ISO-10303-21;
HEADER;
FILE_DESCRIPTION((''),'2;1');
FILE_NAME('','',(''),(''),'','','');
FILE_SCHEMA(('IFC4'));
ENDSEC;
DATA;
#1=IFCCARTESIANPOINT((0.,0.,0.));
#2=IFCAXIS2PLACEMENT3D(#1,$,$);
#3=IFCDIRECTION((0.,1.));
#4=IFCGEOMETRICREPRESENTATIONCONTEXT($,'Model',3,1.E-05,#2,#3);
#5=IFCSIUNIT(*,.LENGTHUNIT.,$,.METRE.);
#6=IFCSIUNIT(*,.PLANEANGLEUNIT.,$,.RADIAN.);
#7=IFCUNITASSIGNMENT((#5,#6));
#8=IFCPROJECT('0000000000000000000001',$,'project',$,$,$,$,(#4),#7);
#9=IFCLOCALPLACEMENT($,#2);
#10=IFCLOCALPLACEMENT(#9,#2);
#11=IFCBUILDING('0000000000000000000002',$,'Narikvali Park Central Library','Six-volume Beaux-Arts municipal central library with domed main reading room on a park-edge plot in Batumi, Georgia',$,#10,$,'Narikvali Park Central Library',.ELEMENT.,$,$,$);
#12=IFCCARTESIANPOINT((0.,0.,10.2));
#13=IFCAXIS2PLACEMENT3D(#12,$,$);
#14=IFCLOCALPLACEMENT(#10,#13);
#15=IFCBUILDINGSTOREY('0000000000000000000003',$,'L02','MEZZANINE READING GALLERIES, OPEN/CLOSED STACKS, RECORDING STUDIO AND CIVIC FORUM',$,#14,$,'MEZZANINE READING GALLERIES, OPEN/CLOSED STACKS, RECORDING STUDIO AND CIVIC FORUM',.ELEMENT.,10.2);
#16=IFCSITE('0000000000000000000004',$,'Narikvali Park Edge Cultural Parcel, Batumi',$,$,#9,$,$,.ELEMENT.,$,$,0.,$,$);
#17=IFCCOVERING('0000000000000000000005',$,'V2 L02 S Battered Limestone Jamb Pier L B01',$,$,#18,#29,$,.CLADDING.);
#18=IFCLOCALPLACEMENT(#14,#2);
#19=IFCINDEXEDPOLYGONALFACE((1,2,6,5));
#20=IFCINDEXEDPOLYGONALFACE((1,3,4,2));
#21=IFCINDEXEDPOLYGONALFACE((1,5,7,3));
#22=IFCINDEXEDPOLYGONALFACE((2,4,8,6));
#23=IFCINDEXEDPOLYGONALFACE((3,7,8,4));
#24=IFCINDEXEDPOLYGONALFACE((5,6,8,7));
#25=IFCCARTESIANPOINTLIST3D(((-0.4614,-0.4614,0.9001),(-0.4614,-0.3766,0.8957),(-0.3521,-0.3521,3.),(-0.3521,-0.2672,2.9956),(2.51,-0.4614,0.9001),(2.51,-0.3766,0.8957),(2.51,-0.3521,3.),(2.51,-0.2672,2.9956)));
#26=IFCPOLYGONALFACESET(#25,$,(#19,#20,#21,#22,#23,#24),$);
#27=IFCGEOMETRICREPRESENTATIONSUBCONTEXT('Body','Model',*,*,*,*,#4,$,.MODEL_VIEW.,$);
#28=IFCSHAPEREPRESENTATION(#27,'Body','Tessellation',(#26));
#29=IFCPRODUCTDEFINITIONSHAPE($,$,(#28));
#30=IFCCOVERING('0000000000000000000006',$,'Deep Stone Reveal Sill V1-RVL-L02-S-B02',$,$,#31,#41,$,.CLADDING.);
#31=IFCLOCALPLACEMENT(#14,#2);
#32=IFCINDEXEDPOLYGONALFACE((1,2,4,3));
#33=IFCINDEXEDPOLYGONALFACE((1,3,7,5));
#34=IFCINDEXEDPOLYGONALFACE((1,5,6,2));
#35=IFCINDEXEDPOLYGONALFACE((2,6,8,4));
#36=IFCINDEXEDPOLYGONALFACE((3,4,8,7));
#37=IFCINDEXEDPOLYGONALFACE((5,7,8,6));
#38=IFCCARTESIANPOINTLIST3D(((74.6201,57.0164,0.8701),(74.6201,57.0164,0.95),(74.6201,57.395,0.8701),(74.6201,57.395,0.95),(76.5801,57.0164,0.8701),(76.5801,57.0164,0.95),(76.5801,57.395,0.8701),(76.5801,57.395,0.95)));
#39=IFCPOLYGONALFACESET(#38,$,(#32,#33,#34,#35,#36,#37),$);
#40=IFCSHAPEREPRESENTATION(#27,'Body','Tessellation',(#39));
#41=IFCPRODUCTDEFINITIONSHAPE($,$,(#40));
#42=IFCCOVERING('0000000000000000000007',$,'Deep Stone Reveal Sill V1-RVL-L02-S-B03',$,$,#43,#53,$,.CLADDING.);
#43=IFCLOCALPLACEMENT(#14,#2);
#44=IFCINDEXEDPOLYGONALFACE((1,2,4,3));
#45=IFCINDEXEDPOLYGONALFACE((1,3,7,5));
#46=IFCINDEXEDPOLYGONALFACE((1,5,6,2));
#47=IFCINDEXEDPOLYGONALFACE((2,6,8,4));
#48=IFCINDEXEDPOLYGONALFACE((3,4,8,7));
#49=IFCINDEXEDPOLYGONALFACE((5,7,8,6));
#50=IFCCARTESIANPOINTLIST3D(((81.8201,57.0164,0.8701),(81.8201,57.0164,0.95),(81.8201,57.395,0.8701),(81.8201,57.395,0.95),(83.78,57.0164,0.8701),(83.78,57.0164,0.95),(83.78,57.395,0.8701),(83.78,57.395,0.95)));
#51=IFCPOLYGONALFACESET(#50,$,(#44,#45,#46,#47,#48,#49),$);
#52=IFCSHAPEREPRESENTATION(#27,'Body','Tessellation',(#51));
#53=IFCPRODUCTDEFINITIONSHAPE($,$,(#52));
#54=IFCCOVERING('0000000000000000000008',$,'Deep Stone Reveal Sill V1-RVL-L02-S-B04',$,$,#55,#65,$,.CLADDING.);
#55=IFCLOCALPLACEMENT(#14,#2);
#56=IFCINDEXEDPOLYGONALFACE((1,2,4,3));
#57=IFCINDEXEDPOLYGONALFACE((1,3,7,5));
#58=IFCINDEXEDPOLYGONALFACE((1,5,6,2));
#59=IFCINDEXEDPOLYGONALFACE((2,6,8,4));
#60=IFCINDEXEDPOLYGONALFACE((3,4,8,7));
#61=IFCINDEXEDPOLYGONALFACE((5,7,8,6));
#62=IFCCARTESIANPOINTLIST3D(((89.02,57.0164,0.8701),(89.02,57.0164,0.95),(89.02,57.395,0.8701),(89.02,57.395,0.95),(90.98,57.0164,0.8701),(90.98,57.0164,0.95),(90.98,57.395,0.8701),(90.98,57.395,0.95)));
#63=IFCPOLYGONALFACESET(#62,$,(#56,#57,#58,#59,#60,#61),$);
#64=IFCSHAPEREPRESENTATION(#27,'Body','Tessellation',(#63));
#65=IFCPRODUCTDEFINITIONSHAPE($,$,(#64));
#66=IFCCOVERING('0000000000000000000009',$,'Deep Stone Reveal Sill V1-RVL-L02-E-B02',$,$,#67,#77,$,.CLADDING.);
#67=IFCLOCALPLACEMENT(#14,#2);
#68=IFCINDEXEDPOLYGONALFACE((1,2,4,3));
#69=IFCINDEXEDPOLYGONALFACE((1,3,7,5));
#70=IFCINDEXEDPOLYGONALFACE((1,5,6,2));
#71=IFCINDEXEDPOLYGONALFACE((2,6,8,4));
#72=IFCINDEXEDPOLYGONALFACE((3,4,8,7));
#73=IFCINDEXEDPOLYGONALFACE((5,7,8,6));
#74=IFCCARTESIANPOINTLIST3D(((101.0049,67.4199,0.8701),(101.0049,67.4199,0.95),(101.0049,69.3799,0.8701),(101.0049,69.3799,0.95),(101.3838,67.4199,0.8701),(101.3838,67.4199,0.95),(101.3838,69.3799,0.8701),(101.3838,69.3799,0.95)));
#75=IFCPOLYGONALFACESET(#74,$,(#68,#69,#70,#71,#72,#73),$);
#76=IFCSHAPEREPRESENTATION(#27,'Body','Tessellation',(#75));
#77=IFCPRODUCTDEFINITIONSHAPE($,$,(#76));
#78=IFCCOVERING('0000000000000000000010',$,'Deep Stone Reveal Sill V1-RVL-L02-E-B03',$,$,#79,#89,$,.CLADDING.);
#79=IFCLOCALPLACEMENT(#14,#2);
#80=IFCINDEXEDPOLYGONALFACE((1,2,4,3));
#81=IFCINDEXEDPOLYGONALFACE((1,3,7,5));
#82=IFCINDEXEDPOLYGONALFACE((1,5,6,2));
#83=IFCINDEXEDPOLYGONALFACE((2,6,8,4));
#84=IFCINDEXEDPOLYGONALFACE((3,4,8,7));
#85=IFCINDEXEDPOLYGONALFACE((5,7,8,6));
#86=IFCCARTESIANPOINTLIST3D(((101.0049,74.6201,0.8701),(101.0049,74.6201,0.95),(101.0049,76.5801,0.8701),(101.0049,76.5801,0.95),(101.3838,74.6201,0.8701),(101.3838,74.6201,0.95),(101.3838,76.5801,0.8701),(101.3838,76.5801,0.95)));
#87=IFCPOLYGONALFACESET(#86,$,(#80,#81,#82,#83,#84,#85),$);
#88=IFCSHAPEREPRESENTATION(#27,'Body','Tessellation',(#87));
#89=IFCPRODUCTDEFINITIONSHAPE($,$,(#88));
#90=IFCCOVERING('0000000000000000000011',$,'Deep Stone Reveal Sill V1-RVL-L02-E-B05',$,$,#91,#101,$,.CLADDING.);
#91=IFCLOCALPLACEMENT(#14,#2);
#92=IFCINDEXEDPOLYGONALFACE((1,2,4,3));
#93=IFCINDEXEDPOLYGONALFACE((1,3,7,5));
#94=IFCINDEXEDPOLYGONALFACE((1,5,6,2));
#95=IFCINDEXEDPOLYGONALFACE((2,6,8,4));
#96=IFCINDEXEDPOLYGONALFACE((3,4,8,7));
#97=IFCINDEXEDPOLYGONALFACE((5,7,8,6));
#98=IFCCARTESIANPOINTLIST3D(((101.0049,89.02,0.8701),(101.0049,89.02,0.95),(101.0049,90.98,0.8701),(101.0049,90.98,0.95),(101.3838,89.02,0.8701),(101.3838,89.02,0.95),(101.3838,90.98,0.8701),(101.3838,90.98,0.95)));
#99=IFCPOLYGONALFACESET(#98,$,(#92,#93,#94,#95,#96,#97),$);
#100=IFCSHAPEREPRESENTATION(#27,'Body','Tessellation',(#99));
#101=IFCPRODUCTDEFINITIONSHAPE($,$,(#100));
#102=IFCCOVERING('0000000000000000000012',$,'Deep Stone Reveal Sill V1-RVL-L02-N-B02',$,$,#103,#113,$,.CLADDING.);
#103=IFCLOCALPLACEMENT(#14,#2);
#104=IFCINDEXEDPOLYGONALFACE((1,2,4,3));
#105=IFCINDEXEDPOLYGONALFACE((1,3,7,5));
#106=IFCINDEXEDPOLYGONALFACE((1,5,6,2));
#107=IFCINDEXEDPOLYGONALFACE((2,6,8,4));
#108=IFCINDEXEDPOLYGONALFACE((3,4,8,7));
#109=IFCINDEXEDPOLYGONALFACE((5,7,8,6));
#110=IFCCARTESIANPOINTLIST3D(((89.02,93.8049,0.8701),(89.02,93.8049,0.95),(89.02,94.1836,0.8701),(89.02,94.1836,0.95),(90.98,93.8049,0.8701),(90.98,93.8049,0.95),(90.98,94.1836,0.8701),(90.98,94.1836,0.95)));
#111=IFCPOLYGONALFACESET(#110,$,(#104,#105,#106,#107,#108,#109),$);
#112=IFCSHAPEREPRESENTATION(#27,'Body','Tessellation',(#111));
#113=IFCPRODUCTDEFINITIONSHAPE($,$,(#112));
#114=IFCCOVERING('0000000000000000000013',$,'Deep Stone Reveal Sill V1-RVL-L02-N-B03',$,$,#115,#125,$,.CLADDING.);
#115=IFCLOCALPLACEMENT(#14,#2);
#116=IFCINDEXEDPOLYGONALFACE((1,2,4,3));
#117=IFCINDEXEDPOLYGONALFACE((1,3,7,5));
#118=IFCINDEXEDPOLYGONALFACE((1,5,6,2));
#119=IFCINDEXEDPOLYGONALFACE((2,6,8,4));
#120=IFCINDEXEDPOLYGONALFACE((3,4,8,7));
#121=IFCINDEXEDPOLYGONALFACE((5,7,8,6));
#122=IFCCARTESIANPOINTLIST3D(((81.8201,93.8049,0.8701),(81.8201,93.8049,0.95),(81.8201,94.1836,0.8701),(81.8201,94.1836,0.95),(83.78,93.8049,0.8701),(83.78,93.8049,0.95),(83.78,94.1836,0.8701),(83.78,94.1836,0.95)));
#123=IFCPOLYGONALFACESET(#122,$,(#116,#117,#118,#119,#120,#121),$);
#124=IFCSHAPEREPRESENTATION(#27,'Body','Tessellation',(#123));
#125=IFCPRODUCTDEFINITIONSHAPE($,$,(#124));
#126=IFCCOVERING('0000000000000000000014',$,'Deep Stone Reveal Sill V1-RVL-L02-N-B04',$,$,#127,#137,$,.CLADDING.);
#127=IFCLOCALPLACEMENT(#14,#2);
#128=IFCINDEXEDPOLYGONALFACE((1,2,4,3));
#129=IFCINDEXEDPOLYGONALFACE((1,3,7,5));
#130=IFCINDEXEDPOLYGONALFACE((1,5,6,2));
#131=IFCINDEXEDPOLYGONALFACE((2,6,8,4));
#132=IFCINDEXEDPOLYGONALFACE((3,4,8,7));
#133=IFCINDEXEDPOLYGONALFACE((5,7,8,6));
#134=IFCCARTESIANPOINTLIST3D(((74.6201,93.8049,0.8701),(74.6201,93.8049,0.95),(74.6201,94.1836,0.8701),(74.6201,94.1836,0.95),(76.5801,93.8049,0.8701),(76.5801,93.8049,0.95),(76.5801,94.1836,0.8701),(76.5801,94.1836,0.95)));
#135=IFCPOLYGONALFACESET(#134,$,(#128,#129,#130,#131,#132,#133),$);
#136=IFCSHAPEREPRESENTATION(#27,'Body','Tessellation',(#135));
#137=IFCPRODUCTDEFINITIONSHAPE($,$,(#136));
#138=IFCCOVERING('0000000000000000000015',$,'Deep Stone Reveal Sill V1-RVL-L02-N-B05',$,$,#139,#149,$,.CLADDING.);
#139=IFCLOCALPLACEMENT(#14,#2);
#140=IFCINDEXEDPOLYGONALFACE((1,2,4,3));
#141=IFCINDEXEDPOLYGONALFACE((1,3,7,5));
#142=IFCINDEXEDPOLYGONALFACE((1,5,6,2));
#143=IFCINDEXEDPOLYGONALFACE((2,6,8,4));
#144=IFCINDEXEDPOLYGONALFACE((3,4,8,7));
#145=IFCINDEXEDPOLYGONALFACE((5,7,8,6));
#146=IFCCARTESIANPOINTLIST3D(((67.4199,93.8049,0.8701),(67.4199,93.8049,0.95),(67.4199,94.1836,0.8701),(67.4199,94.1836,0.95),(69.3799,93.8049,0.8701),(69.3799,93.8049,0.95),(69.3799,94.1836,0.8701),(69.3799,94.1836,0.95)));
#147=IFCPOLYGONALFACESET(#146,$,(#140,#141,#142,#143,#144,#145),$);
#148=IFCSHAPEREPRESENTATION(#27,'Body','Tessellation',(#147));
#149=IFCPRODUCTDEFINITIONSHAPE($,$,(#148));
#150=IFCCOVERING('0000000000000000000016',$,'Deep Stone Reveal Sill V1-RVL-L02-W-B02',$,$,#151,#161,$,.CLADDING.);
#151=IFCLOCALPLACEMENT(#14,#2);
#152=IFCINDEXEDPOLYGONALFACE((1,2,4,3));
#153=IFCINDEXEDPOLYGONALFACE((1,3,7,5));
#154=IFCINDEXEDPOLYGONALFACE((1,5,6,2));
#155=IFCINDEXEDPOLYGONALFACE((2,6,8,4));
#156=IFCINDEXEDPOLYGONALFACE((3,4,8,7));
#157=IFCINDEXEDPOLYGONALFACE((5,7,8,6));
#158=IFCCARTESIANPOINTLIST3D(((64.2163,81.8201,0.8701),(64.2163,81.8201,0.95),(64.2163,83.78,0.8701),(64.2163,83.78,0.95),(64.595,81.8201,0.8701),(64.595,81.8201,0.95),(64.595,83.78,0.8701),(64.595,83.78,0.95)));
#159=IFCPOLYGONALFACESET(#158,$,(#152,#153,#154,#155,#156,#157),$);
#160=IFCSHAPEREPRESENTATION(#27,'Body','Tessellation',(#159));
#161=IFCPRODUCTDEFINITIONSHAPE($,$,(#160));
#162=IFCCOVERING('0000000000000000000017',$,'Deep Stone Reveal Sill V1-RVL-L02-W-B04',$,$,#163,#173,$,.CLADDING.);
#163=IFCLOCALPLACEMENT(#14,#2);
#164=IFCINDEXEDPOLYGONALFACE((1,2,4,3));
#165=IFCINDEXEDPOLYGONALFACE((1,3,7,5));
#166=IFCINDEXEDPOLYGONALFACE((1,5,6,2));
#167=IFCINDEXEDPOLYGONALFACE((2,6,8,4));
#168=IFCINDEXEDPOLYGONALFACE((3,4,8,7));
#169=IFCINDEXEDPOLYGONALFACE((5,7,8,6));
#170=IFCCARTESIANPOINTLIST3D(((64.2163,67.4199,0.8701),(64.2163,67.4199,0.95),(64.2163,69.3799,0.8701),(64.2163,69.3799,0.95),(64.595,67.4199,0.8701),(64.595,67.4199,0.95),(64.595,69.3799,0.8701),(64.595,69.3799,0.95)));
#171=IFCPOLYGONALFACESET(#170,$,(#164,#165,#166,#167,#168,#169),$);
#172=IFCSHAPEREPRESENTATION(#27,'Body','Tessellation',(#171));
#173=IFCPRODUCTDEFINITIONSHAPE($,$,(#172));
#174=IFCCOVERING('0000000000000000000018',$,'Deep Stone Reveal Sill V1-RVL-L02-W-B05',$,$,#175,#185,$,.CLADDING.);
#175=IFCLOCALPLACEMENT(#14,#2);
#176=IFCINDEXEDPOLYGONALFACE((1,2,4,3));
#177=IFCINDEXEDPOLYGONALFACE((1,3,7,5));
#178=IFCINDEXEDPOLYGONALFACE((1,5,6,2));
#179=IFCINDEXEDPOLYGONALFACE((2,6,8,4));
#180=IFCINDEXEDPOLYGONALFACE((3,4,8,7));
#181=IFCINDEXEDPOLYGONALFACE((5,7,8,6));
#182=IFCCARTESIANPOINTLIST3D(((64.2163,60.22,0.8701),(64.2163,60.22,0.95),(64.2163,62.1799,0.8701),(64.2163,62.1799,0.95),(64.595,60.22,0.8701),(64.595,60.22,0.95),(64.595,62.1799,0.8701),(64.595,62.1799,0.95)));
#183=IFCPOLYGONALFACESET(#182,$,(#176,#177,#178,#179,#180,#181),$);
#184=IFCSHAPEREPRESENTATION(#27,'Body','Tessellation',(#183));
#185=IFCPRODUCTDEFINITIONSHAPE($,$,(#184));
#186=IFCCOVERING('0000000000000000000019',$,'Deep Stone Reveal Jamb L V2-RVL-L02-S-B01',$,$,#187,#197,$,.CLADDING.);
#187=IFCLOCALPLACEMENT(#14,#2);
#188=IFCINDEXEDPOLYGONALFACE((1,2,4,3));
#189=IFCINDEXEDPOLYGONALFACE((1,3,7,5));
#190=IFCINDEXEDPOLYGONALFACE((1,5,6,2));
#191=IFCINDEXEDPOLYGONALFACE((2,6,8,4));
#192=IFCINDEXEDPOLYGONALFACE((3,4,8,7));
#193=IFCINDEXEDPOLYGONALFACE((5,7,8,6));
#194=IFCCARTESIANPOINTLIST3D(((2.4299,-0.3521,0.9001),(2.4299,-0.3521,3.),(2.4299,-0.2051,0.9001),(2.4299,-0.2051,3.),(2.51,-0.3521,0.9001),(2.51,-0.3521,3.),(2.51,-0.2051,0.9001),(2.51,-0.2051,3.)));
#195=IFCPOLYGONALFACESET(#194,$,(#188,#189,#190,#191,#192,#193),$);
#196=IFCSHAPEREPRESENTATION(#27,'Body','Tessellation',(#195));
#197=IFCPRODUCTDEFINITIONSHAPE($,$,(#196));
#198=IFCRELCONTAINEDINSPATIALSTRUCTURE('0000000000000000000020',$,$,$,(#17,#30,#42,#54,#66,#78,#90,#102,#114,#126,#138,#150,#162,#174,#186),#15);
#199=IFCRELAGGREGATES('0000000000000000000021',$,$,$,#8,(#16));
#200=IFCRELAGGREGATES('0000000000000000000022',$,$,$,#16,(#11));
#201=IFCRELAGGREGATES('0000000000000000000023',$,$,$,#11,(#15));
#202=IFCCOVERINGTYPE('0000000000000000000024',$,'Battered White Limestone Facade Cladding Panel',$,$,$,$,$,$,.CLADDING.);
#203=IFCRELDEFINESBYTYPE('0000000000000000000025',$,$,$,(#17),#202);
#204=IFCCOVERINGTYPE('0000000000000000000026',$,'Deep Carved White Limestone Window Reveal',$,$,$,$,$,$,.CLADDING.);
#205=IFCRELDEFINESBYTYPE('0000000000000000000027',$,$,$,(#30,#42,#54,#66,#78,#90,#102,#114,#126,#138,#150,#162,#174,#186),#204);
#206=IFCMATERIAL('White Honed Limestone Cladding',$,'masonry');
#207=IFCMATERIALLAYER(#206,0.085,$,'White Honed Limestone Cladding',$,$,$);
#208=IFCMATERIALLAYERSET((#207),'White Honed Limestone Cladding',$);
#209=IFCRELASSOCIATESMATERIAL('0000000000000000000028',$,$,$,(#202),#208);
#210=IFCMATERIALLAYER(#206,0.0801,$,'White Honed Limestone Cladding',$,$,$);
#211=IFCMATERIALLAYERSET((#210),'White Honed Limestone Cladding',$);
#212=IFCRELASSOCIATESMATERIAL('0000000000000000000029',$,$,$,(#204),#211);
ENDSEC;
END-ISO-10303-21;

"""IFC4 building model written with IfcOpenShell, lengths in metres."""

from ifc_helpers import new_model, si_unit, direction, frame, origin, place, context, subcontext, project, spatial, polyline, outline, extrude, material, layer, layer_set, type_object, element, save


model = new_model("IFC4")

# Units and contexts
model_context = context("Model", 3, precision=1e-05, world=origin(), true_north=direction((0.0, 1.0)))
body_context = subcontext(model_context, "Body", "Model", "MODEL_VIEW")
ifc_project = project(units=[si_unit("LENGTHUNIT", "METRE"), si_unit("PLANEANGLEUNIT", "RADIAN")], contexts=[model_context])

# Site, building, storey
site_placement = place(None, origin())
site = spatial("IfcSite", under=ifc_project, at=site_placement, Name="Narikvali Park Edge Cultural Parcel, Batumi", CompositionType="ELEMENT", RefElevation=0.0)
building_placement = place(site_placement, origin())
building = spatial("IfcBuilding", under=site, at=building_placement, Name="Narikvali Park Central Library", Description="Six-volume Beaux-Arts municipal central library with domed main reading room on a park-edge plot in Batumi, Georgia", LongName="Narikvali Park Central Library", CompositionType="ELEMENT")
storey_placement = place(building_placement, frame((0.0, 0.0, 10.2)))
storey = spatial("IfcBuildingStorey", under=building, at=storey_placement, Name="L02", Description="MEZZANINE READING GALLERIES, OPEN/CLOSED STACKS, RECORDING STUDIO AND CIVIC FORUM", LongName="MEZZANINE READING GALLERIES, OPEN/CLOSED STACKS, RECORDING STUDIO AND CIVIC FORUM", CompositionType="ELEMENT", Elevation=10.2)

# Coverings
ifc_material = material(Name="White Honed Limestone Cladding", Category="masonry")
ifc_layer_1 = layer(ifc_material, 0.085, Name="White Honed Limestone Cladding")
ifc_layer_set_1 = layer_set([ifc_layer_1], Name="White Honed Limestone Cladding")
covering_type_1 = type_object("IfcCoveringType", Name="Battered White Limestone Facade Cladding Panel", PredefinedType="CLADDING", material=ifc_layer_set_1)
covering_1_placement = place(storey_placement, frame((-0.4614, -0.4614, 0.9001), z_axis=(0.0, -0.998646, 0.052016), x_axis=(1.0, 0.0, 0.0)))
element("IfcCovering", 1, at=covering_1_placement, inside=storey, type_object=covering_type_1, Name="V2 L02 S Battered Limestone Jamb Pier L B01", PredefinedType="CLADDING", context=body_context, shape_type="SweptSolid", body=[
    extrude(outline(polyline([(0.0, 0.0), (2.9714, 0.0), (2.9714, 2.1027), (0.1094, 2.1027), (0.0, 0.0)])), origin(), (0.0, 0.0, -1.0), 0.085),
])
ifc_layer_2 = layer(ifc_material, 0.0801, Name="White Honed Limestone Cladding")
ifc_layer_set_2 = layer_set([ifc_layer_2], Name="White Honed Limestone Cladding")
covering_type_2 = type_object("IfcCoveringType", Name="Deep Carved White Limestone Window Reveal", PredefinedType="CLADDING", material=ifc_layer_set_2)
covering_2_placement = place(storey_placement, frame((0.0, 0.0, 0.8701)))
element("IfcCovering", 2, at=covering_2_placement, inside=storey, type_object=covering_type_2, Name="Deep Stone Reveal Sill V1-RVL-L02-S-B02", PredefinedType="CLADDING", context=body_context, shape_type="SweptSolid", body=[
    extrude(outline(polyline([(74.6201, 57.395), (76.5801, 57.395), (76.5801, 57.0164), (74.6201, 57.0164), (74.6201, 57.395)])), origin(), (0.0, 0.0, 1.0), 0.0798),
])
covering_3_placement = place(storey_placement, frame((0.0, 0.0, 0.8701)))
element("IfcCovering", 3, at=covering_3_placement, inside=storey, type_object=covering_type_2, Name="Deep Stone Reveal Sill V1-RVL-L02-S-B03", PredefinedType="CLADDING", context=body_context, shape_type="SweptSolid", body=[
    extrude(outline(polyline([(81.8201, 57.395), (83.78, 57.395), (83.78, 57.0164), (81.8201, 57.0164), (81.8201, 57.395)])), origin(), (0.0, 0.0, 1.0), 0.0798),
])
covering_4_placement = place(storey_placement, frame((0.0, 0.0, 0.8701)))
element("IfcCovering", 4, at=covering_4_placement, inside=storey, type_object=covering_type_2, Name="Deep Stone Reveal Sill V1-RVL-L02-S-B04", PredefinedType="CLADDING", context=body_context, shape_type="SweptSolid", body=[
    extrude(outline(polyline([(89.02, 57.395), (90.98, 57.395), (90.98, 57.0164), (89.02, 57.0164), (89.02, 57.395)])), origin(), (0.0, 0.0, 1.0), 0.0798),
])
covering_5_placement = place(storey_placement, frame((0.0, 0.0, 0.8701)))
element("IfcCovering", 5, at=covering_5_placement, inside=storey, type_object=covering_type_2, Name="Deep Stone Reveal Sill V1-RVL-L02-E-B02", PredefinedType="CLADDING", context=body_context, shape_type="SweptSolid", body=[
    extrude(outline(polyline([(101.0049, 67.4199), (101.0049, 69.3799), (101.3838, 69.3799), (101.3838, 67.4199), (101.0049, 67.4199)])), origin(), (0.0, 0.0, 1.0), 0.0798),
])
covering_6_placement = place(storey_placement, frame((0.0, 0.0, 0.8701)))
element("IfcCovering", 6, at=covering_6_placement, inside=storey, type_object=covering_type_2, Name="Deep Stone Reveal Sill V1-RVL-L02-E-B03", PredefinedType="CLADDING", context=body_context, shape_type="SweptSolid", body=[
    extrude(outline(polyline([(101.0049, 74.6201), (101.0049, 76.5801), (101.3838, 76.5801), (101.3838, 74.6201), (101.0049, 74.6201)])), origin(), (0.0, 0.0, 1.0), 0.0798),
])
covering_7_placement = place(storey_placement, frame((0.0, 0.0, 0.8701)))
element("IfcCovering", 7, at=covering_7_placement, inside=storey, type_object=covering_type_2, Name="Deep Stone Reveal Sill V1-RVL-L02-E-B05", PredefinedType="CLADDING", context=body_context, shape_type="SweptSolid", body=[
    extrude(outline(polyline([(101.0049, 89.02), (101.0049, 90.98), (101.3838, 90.98), (101.3838, 89.02), (101.0049, 89.02)])), origin(), (0.0, 0.0, 1.0), 0.0798),
])
covering_8_placement = place(storey_placement, frame((0.0, 0.0, 0.8701)))
element("IfcCovering", 8, at=covering_8_placement, inside=storey, type_object=covering_type_2, Name="Deep Stone Reveal Sill V1-RVL-L02-N-B02", PredefinedType="CLADDING", context=body_context, shape_type="SweptSolid", body=[
    extrude(outline(polyline([(90.98, 93.8049), (89.02, 93.8049), (89.02, 94.1836), (90.98, 94.1836), (90.98, 93.8049)])), origin(), (0.0, 0.0, 1.0), 0.0798),
])
covering_9_placement = place(storey_placement, frame((0.0, 0.0, 0.8701)))
element("IfcCovering", 9, at=covering_9_placement, inside=storey, type_object=covering_type_2, Name="Deep Stone Reveal Sill V1-RVL-L02-N-B03", PredefinedType="CLADDING", context=body_context, shape_type="SweptSolid", body=[
    extrude(outline(polyline([(83.78, 93.8049), (81.8201, 93.8049), (81.8201, 94.1836), (83.78, 94.1836), (83.78, 93.8049)])), origin(), (0.0, 0.0, 1.0), 0.0798),
])
covering_10_placement = place(storey_placement, frame((0.0, 0.0, 0.8701)))
element("IfcCovering", 10, at=covering_10_placement, inside=storey, type_object=covering_type_2, Name="Deep Stone Reveal Sill V1-RVL-L02-N-B04", PredefinedType="CLADDING", context=body_context, shape_type="SweptSolid", body=[
    extrude(outline(polyline([(76.5801, 93.8049), (74.6201, 93.8049), (74.6201, 94.1836), (76.5801, 94.1836), (76.5801, 93.8049)])), origin(), (0.0, 0.0, 1.0), 0.0798),
])
covering_11_placement = place(storey_placement, frame((0.0, 0.0, 0.8701)))
element("IfcCovering", 11, at=covering_11_placement, inside=storey, type_object=covering_type_2, Name="Deep Stone Reveal Sill V1-RVL-L02-N-B05", PredefinedType="CLADDING", context=body_context, shape_type="SweptSolid", body=[
    extrude(outline(polyline([(69.3799, 93.8049), (67.4199, 93.8049), (67.4199, 94.1836), (69.3799, 94.1836), (69.3799, 93.8049)])), origin(), (0.0, 0.0, 1.0), 0.0798),
])
covering_12_placement = place(storey_placement, frame((0.0, 0.0, 0.8701)))
element("IfcCovering", 12, at=covering_12_placement, inside=storey, type_object=covering_type_2, Name="Deep Stone Reveal Sill V1-RVL-L02-W-B02", PredefinedType="CLADDING", context=body_context, shape_type="SweptSolid", body=[
    extrude(outline(polyline([(64.595, 83.78), (64.595, 81.8201), (64.2163, 81.8201), (64.2163, 83.78), (64.595, 83.78)])), origin(), (0.0, 0.0, 1.0), 0.0798),
])
covering_13_placement = place(storey_placement, frame((0.0, 0.0, 0.8701)))
element("IfcCovering", 13, at=covering_13_placement, inside=storey, type_object=covering_type_2, Name="Deep Stone Reveal Sill V1-RVL-L02-W-B04", PredefinedType="CLADDING", context=body_context, shape_type="SweptSolid", body=[
    extrude(outline(polyline([(64.595, 69.3799), (64.595, 67.4199), (64.2163, 67.4199), (64.2163, 69.3799), (64.595, 69.3799)])), origin(), (0.0, 0.0, 1.0), 0.0798),
])
covering_14_placement = place(storey_placement, frame((0.0, 0.0, 0.8701)))
element("IfcCovering", 14, at=covering_14_placement, inside=storey, type_object=covering_type_2, Name="Deep Stone Reveal Sill V1-RVL-L02-W-B05", PredefinedType="CLADDING", context=body_context, shape_type="SweptSolid", body=[
    extrude(outline(polyline([(64.595, 62.1799), (64.595, 60.22), (64.2163, 60.22), (64.2163, 62.1799), (64.595, 62.1799)])), origin(), (0.0, 0.0, 1.0), 0.0798),
])
covering_15_placement = place(storey_placement, frame((0.0, 0.0, 0.9001)))
element("IfcCovering", 15, at=covering_15_placement, inside=storey, type_object=covering_type_2, Name="Deep Stone Reveal Jamb L V2-RVL-L02-S-B01", PredefinedType="CLADDING", context=body_context, shape_type="SweptSolid", body=[
    extrude(outline(polyline([(2.4299, -0.2051), (2.51, -0.2051), (2.51, -0.3521), (2.4299, -0.3521), (2.4299, -0.2051)])), origin(), (0.0, 0.0, 1.0), 2.0999),
])

save(model, "model.ifc")
